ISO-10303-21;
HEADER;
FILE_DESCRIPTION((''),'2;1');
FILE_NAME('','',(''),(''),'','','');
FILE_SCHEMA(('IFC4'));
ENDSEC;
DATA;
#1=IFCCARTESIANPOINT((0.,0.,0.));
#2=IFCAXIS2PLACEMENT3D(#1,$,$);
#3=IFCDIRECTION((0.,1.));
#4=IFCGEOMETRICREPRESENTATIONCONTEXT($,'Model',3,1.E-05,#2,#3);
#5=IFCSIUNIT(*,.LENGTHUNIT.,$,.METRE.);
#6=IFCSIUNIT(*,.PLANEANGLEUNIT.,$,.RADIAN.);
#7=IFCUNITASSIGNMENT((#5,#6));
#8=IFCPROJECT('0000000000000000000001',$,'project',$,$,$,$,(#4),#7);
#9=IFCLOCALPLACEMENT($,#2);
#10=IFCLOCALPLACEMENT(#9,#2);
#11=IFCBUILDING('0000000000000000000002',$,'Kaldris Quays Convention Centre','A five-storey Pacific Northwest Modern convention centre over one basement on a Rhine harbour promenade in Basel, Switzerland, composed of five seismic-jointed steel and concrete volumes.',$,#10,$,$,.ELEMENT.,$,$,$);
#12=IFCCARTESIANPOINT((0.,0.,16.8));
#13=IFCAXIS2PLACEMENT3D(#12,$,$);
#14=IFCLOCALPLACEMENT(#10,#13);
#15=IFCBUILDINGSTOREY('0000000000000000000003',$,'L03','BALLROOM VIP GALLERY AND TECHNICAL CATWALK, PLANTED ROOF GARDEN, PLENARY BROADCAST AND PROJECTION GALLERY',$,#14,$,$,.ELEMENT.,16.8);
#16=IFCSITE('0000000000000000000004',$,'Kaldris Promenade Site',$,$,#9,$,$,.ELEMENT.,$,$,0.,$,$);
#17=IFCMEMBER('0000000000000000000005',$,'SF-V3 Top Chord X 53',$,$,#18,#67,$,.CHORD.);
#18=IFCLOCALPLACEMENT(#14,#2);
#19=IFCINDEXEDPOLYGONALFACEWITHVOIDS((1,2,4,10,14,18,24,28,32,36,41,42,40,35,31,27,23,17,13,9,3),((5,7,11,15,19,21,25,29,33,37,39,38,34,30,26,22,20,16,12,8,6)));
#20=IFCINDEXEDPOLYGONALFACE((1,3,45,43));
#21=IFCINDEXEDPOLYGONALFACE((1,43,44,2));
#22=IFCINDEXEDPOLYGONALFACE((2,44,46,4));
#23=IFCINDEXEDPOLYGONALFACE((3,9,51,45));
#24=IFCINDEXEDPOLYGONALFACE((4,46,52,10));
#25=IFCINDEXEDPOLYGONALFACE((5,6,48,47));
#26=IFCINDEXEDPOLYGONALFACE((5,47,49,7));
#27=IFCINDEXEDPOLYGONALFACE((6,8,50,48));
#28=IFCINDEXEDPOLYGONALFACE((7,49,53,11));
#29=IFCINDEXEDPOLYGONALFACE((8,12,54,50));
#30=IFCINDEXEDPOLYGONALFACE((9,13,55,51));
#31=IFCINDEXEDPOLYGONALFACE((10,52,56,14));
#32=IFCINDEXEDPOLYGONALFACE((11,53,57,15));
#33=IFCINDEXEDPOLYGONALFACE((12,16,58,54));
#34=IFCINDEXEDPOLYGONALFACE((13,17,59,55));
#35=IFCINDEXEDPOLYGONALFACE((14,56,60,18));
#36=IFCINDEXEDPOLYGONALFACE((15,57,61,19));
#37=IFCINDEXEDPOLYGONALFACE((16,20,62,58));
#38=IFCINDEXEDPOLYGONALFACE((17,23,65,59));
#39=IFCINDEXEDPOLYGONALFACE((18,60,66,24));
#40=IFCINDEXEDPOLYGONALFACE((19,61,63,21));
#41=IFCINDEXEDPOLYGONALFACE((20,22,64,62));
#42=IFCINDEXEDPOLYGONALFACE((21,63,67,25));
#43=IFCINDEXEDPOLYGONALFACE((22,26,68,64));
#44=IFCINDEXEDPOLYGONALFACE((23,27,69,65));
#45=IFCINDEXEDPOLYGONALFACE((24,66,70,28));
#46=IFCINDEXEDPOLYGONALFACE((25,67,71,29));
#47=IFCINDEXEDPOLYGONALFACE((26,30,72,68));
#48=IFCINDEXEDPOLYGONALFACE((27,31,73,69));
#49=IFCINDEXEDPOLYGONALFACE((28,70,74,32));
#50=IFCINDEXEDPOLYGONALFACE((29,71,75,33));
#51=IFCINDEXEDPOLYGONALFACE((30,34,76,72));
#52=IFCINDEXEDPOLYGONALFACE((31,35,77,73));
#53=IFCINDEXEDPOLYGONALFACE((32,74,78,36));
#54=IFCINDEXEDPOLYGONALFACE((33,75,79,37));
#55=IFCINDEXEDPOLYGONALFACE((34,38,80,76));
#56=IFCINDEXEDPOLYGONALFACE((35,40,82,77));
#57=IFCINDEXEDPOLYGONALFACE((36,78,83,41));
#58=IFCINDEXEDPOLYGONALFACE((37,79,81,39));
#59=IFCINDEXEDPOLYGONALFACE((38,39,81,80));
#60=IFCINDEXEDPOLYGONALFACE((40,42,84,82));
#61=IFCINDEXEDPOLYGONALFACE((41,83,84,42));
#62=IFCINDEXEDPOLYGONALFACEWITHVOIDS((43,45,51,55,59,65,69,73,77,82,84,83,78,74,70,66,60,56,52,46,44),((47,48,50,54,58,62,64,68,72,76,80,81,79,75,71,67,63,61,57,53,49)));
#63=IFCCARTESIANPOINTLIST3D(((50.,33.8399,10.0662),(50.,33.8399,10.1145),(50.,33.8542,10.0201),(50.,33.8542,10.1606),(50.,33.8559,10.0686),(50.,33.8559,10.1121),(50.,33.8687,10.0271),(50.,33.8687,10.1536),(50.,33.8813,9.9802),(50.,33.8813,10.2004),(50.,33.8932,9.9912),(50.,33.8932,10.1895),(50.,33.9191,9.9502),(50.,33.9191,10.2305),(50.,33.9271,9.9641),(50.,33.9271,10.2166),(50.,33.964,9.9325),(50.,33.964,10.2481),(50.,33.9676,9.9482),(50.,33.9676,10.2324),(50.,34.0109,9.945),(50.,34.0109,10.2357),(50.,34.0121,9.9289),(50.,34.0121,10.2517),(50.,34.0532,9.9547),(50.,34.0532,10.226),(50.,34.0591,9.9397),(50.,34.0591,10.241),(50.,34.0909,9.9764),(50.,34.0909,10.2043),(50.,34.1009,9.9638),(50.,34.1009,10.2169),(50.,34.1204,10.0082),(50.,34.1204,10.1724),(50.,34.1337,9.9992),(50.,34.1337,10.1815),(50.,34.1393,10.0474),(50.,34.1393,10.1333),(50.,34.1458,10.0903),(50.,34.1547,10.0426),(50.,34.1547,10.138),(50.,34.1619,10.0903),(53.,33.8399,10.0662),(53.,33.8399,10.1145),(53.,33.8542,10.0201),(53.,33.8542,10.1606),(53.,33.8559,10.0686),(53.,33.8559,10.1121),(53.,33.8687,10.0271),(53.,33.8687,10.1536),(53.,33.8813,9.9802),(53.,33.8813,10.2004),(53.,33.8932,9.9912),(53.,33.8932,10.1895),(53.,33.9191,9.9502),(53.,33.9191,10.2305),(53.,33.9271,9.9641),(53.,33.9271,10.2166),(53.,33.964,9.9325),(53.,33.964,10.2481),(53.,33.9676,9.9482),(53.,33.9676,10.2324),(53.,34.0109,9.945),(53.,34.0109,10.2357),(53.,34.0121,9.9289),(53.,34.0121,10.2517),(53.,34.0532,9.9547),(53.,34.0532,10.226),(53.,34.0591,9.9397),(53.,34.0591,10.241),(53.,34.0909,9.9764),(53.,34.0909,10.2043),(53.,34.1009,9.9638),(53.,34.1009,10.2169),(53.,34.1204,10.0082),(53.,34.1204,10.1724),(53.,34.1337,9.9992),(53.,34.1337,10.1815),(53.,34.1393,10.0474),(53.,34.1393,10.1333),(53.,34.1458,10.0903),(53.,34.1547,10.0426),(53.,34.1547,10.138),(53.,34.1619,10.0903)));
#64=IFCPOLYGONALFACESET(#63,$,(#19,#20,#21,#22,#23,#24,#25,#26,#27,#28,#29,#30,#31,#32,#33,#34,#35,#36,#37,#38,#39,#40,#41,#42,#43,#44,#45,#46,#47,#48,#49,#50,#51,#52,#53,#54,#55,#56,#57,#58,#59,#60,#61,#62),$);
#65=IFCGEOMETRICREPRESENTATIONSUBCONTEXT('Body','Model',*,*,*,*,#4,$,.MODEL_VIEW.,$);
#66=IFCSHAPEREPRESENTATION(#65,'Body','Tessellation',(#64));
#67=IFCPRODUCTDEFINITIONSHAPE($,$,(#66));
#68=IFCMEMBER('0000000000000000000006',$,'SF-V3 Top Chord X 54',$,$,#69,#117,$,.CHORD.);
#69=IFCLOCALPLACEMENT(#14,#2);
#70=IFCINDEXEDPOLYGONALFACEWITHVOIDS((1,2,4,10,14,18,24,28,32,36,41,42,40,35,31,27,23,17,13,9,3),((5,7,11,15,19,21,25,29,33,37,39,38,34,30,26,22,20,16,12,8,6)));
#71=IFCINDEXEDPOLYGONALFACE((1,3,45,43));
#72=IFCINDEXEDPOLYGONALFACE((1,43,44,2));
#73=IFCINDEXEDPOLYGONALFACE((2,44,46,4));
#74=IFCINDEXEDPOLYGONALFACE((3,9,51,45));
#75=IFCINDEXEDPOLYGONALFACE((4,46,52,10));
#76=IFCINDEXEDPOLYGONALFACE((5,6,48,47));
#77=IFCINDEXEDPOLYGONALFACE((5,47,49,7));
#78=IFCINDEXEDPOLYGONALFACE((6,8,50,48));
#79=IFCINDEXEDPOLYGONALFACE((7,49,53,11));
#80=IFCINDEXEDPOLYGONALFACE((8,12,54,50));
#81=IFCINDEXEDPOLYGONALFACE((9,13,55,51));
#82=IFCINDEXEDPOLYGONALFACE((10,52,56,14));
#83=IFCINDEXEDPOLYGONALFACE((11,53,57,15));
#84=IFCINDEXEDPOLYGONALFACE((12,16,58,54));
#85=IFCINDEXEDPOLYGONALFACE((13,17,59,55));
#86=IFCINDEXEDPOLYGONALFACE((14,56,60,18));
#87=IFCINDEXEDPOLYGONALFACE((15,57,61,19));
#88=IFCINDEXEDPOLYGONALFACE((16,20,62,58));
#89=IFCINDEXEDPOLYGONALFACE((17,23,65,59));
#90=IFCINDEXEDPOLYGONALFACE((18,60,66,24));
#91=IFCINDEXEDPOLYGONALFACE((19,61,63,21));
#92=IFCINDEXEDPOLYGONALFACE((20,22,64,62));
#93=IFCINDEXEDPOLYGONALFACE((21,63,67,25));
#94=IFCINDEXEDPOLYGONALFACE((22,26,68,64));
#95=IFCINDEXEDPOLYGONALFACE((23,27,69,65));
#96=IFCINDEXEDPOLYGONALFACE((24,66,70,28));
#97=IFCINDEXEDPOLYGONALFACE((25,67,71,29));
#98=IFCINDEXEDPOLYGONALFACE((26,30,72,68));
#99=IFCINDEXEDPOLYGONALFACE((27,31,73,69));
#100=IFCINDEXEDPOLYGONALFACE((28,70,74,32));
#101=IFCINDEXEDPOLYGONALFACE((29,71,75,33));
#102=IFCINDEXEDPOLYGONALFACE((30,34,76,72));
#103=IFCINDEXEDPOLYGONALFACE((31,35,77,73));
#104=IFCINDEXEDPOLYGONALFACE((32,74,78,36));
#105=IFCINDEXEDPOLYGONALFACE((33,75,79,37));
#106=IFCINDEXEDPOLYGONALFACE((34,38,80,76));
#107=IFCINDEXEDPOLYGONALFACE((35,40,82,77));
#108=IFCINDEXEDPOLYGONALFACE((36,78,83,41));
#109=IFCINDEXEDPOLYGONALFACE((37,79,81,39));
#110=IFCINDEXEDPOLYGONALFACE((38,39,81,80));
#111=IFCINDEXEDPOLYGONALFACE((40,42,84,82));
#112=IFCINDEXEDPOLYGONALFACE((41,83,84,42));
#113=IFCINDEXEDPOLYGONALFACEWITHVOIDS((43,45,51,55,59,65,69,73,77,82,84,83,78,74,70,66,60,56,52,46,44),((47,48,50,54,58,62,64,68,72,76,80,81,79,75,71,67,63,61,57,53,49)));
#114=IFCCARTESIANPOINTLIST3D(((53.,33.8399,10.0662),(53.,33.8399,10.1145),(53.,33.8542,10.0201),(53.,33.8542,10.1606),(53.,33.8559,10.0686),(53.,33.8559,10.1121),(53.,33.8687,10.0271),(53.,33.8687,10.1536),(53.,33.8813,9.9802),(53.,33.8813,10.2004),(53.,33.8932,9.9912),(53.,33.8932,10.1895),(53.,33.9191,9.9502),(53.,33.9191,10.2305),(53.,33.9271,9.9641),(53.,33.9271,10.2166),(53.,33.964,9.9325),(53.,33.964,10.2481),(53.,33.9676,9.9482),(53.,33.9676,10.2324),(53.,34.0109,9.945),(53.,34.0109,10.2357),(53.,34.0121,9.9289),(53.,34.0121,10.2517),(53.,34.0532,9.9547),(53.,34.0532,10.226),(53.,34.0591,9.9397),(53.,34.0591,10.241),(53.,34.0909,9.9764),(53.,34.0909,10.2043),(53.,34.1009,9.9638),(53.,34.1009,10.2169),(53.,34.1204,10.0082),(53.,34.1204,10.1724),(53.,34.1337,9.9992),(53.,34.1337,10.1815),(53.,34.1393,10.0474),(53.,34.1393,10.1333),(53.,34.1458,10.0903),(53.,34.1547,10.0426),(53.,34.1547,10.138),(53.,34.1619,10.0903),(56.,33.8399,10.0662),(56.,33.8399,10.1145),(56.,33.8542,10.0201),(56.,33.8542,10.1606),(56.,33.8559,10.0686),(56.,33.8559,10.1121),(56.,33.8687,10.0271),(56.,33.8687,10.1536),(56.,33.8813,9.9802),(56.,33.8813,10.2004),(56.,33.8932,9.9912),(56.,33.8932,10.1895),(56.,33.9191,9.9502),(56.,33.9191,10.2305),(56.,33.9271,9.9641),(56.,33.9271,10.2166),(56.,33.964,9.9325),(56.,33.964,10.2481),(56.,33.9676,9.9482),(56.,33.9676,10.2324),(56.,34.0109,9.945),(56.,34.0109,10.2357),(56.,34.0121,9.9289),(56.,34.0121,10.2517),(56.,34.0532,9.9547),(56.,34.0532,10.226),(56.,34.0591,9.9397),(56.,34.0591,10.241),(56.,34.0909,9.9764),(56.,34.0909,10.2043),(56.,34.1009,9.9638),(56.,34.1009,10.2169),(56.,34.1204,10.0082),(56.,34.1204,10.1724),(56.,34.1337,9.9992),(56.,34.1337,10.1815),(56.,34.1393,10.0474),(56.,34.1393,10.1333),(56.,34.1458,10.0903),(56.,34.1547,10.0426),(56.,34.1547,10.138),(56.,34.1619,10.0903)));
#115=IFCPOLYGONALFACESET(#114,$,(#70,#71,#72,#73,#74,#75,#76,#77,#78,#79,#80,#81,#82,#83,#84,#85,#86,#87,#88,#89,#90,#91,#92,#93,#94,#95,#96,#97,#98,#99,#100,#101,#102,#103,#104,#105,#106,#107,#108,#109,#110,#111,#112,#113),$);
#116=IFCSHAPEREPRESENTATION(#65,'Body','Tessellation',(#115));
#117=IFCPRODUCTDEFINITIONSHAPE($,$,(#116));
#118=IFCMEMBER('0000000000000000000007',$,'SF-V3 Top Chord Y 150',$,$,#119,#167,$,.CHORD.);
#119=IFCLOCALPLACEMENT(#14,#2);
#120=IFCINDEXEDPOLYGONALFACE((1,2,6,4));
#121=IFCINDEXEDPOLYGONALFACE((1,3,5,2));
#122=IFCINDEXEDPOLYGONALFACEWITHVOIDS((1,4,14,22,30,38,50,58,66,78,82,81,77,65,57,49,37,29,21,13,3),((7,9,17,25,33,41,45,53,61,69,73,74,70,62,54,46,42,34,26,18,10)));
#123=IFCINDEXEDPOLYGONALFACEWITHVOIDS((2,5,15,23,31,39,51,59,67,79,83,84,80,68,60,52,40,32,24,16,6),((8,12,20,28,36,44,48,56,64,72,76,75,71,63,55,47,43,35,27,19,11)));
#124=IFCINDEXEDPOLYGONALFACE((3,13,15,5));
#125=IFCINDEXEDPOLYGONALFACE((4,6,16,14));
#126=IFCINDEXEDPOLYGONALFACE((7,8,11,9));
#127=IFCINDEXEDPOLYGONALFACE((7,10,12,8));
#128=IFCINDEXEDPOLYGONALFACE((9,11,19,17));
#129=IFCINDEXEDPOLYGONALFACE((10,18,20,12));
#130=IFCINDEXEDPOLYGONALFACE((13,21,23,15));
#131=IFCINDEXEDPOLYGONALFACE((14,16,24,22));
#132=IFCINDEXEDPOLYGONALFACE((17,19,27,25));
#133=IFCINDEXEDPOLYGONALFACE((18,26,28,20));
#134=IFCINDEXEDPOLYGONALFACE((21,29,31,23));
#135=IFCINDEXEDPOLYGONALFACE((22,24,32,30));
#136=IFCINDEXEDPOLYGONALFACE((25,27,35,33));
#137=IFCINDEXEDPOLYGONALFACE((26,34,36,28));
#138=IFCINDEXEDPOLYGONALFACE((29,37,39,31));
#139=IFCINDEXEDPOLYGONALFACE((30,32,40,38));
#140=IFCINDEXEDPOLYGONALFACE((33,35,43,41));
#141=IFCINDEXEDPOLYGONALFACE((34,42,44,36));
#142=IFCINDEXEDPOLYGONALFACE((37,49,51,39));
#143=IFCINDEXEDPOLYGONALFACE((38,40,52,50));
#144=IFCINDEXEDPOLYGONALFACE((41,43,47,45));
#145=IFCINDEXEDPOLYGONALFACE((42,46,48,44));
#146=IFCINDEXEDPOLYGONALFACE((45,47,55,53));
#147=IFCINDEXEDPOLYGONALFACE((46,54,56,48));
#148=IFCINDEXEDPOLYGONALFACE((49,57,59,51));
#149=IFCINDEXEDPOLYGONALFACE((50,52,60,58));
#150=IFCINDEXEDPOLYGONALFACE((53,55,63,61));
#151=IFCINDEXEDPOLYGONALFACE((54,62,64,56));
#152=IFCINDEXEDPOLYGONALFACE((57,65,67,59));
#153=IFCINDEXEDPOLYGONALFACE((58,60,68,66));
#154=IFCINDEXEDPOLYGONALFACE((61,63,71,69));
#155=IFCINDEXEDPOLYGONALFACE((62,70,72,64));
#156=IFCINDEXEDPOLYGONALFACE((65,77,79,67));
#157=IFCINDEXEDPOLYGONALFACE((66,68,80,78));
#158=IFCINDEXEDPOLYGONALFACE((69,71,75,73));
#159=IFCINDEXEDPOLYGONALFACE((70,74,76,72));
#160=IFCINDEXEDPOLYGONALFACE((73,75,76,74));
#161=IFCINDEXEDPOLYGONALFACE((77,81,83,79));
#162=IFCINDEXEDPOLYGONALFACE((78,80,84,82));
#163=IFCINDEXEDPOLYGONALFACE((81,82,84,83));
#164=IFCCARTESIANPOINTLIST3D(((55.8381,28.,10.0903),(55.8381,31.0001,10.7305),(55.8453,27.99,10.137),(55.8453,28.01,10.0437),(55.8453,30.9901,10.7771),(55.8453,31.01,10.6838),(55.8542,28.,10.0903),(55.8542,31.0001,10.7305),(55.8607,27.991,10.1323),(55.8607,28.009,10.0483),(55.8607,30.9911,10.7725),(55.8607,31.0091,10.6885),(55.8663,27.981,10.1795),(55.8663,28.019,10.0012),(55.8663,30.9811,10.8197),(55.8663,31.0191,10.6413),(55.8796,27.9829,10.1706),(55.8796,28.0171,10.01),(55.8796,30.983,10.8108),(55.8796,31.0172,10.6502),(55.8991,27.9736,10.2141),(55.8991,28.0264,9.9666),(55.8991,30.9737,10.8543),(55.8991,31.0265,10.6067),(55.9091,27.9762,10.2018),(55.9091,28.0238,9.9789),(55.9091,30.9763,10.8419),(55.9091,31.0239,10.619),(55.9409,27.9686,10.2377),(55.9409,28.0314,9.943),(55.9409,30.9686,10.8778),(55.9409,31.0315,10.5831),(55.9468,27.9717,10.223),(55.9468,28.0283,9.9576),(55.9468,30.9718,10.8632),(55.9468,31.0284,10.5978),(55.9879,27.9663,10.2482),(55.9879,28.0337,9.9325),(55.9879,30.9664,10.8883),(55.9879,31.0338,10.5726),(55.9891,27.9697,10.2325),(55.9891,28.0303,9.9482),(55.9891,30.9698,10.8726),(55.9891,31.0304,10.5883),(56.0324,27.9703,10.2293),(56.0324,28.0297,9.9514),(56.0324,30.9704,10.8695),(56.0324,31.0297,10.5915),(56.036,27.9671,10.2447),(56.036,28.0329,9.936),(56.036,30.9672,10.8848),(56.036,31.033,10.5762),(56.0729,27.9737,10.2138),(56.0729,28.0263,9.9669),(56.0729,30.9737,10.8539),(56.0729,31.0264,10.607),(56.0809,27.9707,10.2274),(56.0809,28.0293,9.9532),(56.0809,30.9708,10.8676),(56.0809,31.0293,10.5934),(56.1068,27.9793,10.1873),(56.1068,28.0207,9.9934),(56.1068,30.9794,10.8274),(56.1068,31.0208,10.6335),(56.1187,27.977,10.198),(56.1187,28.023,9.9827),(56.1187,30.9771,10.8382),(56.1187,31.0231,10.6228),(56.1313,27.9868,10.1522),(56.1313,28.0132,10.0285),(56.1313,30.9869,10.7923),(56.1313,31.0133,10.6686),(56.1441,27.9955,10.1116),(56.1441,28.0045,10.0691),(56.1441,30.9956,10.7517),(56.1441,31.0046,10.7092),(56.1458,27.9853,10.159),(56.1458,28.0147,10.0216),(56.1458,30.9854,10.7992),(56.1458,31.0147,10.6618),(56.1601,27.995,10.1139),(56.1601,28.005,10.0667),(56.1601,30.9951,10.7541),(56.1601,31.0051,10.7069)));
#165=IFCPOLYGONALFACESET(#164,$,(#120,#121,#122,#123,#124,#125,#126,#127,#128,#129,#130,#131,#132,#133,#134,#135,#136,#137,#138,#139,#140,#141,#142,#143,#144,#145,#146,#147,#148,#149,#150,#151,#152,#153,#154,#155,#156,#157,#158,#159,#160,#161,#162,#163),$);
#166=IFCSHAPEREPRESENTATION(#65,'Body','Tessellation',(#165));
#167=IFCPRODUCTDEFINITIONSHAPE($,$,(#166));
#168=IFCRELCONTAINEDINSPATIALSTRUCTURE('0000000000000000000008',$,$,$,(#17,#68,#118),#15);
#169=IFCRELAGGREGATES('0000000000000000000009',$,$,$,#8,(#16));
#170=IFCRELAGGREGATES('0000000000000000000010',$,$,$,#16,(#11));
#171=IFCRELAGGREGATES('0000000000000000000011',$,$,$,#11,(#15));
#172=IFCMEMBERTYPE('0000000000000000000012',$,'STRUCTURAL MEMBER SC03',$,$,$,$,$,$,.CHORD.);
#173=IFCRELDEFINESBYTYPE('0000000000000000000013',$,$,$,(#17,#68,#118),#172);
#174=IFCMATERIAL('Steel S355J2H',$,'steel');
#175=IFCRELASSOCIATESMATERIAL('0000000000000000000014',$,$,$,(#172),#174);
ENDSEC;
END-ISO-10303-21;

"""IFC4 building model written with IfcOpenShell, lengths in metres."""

from ifc_helpers import new_model, si_unit, direction, frame, origin, origin_2d, place, context, subcontext, project, spatial, hollow_circle, extrude, material, material_profile, profile_set, type_object, element, save


model = new_model("IFC4")

# Units and contexts
model_context = context("Model", 3, precision=1e-05, world=origin(), true_north=direction((0.0, 1.0)))
body_context = subcontext(model_context, "Body", "Model", "MODEL_VIEW")
ifc_project = project(units=[si_unit("LENGTHUNIT", "METRE"), si_unit("PLANEANGLEUNIT", "RADIAN")], contexts=[model_context])

# Site, building, storey
site_placement = place(None, origin())
site = spatial("IfcSite", under=ifc_project, at=site_placement, Name="Kaldris Promenade Site", CompositionType="ELEMENT", RefElevation=0.0)
building_placement = place(site_placement, origin())
building = spatial("IfcBuilding", under=site, at=building_placement, Name="Kaldris Quays Convention Centre", Description="A five-storey Pacific Northwest Modern convention centre over one basement on a Rhine harbour promenade in Basel, Switzerland, composed of five seismic-jointed steel and concrete volumes.", CompositionType="ELEMENT")
storey_placement = place(building_placement, frame((0.0, 0.0, 16.8)))
storey = spatial("IfcBuildingStorey", under=building, at=storey_placement, Name="L03", Description="BALLROOM VIP GALLERY AND TECHNICAL CATWALK, PLANTED ROOF GARDEN, PLENARY BROADCAST AND PROJECTION GALLERY", CompositionType="ELEMENT", Elevation=16.8)

# Members
ifc_material_1 = material(Name="Steel S355J2H", Category="steel")
ifc_material_profile_1 = material_profile(ifc_material_1, hollow_circle(Radius=0.1619, WallThickness=0.0161, at=origin_2d()), Name="CHS 323.9x16")
ifc_profile_set_1 = profile_set([ifc_material_profile_1], Name="Steel S355J2H")
member_type_1 = type_object("IfcMemberType", Name="STRUCTURAL MEMBER SC03", PredefinedType="CHORD", material=ifc_profile_set_1)
for number, where, z_axis, x_axis, name in (
    (1, (50.0, 34.0, 10.0903), (1.0, 0.0, 0.0), (0.0, 1.0, 0.0), "SF-V3 Top Chord X 53"),
    (2, (53.0, 34.0, 10.0903), (1.0, 0.0, 0.0), (0.0, 1.0, 0.0), "SF-V3 Top Chord X 54"),
):
    element("IfcMember", number, at=place(storey_placement, frame(where, z_axis=z_axis, x_axis=x_axis)), inside=storey, type_object=member_type_1, Name=name, PredefinedType="CHORD", context=body_context, shape_type="SweptSolid", body=[
        extrude(hollow_circle(Radius=0.1619, WallThickness=0.0161, at=origin_2d()), origin(), (0.0, 0.0, 1.0), 3.0),
    ])
for number, where, z_axis, x_axis, name in (
    (3, (56.0, 28.0, 10.0903), (0.0, 0.977984, 0.208681), (-1.0, 0.0, 0.0), "SF-V3 Top Chord Y 150"),
):
    element("IfcMember", number, at=place(storey_placement, frame(where, z_axis=z_axis, x_axis=x_axis)), inside=storey, type_object=member_type_1, Name=name, PredefinedType="CHORD", context=body_context, shape_type="SweptSolid", body=[
        extrude(hollow_circle(Radius=0.1619, WallThickness=0.0161, at=origin_2d()), origin(), (0.0, 0.0, 1.0), 3.0676),
    ])

save(model, "model.ifc")
